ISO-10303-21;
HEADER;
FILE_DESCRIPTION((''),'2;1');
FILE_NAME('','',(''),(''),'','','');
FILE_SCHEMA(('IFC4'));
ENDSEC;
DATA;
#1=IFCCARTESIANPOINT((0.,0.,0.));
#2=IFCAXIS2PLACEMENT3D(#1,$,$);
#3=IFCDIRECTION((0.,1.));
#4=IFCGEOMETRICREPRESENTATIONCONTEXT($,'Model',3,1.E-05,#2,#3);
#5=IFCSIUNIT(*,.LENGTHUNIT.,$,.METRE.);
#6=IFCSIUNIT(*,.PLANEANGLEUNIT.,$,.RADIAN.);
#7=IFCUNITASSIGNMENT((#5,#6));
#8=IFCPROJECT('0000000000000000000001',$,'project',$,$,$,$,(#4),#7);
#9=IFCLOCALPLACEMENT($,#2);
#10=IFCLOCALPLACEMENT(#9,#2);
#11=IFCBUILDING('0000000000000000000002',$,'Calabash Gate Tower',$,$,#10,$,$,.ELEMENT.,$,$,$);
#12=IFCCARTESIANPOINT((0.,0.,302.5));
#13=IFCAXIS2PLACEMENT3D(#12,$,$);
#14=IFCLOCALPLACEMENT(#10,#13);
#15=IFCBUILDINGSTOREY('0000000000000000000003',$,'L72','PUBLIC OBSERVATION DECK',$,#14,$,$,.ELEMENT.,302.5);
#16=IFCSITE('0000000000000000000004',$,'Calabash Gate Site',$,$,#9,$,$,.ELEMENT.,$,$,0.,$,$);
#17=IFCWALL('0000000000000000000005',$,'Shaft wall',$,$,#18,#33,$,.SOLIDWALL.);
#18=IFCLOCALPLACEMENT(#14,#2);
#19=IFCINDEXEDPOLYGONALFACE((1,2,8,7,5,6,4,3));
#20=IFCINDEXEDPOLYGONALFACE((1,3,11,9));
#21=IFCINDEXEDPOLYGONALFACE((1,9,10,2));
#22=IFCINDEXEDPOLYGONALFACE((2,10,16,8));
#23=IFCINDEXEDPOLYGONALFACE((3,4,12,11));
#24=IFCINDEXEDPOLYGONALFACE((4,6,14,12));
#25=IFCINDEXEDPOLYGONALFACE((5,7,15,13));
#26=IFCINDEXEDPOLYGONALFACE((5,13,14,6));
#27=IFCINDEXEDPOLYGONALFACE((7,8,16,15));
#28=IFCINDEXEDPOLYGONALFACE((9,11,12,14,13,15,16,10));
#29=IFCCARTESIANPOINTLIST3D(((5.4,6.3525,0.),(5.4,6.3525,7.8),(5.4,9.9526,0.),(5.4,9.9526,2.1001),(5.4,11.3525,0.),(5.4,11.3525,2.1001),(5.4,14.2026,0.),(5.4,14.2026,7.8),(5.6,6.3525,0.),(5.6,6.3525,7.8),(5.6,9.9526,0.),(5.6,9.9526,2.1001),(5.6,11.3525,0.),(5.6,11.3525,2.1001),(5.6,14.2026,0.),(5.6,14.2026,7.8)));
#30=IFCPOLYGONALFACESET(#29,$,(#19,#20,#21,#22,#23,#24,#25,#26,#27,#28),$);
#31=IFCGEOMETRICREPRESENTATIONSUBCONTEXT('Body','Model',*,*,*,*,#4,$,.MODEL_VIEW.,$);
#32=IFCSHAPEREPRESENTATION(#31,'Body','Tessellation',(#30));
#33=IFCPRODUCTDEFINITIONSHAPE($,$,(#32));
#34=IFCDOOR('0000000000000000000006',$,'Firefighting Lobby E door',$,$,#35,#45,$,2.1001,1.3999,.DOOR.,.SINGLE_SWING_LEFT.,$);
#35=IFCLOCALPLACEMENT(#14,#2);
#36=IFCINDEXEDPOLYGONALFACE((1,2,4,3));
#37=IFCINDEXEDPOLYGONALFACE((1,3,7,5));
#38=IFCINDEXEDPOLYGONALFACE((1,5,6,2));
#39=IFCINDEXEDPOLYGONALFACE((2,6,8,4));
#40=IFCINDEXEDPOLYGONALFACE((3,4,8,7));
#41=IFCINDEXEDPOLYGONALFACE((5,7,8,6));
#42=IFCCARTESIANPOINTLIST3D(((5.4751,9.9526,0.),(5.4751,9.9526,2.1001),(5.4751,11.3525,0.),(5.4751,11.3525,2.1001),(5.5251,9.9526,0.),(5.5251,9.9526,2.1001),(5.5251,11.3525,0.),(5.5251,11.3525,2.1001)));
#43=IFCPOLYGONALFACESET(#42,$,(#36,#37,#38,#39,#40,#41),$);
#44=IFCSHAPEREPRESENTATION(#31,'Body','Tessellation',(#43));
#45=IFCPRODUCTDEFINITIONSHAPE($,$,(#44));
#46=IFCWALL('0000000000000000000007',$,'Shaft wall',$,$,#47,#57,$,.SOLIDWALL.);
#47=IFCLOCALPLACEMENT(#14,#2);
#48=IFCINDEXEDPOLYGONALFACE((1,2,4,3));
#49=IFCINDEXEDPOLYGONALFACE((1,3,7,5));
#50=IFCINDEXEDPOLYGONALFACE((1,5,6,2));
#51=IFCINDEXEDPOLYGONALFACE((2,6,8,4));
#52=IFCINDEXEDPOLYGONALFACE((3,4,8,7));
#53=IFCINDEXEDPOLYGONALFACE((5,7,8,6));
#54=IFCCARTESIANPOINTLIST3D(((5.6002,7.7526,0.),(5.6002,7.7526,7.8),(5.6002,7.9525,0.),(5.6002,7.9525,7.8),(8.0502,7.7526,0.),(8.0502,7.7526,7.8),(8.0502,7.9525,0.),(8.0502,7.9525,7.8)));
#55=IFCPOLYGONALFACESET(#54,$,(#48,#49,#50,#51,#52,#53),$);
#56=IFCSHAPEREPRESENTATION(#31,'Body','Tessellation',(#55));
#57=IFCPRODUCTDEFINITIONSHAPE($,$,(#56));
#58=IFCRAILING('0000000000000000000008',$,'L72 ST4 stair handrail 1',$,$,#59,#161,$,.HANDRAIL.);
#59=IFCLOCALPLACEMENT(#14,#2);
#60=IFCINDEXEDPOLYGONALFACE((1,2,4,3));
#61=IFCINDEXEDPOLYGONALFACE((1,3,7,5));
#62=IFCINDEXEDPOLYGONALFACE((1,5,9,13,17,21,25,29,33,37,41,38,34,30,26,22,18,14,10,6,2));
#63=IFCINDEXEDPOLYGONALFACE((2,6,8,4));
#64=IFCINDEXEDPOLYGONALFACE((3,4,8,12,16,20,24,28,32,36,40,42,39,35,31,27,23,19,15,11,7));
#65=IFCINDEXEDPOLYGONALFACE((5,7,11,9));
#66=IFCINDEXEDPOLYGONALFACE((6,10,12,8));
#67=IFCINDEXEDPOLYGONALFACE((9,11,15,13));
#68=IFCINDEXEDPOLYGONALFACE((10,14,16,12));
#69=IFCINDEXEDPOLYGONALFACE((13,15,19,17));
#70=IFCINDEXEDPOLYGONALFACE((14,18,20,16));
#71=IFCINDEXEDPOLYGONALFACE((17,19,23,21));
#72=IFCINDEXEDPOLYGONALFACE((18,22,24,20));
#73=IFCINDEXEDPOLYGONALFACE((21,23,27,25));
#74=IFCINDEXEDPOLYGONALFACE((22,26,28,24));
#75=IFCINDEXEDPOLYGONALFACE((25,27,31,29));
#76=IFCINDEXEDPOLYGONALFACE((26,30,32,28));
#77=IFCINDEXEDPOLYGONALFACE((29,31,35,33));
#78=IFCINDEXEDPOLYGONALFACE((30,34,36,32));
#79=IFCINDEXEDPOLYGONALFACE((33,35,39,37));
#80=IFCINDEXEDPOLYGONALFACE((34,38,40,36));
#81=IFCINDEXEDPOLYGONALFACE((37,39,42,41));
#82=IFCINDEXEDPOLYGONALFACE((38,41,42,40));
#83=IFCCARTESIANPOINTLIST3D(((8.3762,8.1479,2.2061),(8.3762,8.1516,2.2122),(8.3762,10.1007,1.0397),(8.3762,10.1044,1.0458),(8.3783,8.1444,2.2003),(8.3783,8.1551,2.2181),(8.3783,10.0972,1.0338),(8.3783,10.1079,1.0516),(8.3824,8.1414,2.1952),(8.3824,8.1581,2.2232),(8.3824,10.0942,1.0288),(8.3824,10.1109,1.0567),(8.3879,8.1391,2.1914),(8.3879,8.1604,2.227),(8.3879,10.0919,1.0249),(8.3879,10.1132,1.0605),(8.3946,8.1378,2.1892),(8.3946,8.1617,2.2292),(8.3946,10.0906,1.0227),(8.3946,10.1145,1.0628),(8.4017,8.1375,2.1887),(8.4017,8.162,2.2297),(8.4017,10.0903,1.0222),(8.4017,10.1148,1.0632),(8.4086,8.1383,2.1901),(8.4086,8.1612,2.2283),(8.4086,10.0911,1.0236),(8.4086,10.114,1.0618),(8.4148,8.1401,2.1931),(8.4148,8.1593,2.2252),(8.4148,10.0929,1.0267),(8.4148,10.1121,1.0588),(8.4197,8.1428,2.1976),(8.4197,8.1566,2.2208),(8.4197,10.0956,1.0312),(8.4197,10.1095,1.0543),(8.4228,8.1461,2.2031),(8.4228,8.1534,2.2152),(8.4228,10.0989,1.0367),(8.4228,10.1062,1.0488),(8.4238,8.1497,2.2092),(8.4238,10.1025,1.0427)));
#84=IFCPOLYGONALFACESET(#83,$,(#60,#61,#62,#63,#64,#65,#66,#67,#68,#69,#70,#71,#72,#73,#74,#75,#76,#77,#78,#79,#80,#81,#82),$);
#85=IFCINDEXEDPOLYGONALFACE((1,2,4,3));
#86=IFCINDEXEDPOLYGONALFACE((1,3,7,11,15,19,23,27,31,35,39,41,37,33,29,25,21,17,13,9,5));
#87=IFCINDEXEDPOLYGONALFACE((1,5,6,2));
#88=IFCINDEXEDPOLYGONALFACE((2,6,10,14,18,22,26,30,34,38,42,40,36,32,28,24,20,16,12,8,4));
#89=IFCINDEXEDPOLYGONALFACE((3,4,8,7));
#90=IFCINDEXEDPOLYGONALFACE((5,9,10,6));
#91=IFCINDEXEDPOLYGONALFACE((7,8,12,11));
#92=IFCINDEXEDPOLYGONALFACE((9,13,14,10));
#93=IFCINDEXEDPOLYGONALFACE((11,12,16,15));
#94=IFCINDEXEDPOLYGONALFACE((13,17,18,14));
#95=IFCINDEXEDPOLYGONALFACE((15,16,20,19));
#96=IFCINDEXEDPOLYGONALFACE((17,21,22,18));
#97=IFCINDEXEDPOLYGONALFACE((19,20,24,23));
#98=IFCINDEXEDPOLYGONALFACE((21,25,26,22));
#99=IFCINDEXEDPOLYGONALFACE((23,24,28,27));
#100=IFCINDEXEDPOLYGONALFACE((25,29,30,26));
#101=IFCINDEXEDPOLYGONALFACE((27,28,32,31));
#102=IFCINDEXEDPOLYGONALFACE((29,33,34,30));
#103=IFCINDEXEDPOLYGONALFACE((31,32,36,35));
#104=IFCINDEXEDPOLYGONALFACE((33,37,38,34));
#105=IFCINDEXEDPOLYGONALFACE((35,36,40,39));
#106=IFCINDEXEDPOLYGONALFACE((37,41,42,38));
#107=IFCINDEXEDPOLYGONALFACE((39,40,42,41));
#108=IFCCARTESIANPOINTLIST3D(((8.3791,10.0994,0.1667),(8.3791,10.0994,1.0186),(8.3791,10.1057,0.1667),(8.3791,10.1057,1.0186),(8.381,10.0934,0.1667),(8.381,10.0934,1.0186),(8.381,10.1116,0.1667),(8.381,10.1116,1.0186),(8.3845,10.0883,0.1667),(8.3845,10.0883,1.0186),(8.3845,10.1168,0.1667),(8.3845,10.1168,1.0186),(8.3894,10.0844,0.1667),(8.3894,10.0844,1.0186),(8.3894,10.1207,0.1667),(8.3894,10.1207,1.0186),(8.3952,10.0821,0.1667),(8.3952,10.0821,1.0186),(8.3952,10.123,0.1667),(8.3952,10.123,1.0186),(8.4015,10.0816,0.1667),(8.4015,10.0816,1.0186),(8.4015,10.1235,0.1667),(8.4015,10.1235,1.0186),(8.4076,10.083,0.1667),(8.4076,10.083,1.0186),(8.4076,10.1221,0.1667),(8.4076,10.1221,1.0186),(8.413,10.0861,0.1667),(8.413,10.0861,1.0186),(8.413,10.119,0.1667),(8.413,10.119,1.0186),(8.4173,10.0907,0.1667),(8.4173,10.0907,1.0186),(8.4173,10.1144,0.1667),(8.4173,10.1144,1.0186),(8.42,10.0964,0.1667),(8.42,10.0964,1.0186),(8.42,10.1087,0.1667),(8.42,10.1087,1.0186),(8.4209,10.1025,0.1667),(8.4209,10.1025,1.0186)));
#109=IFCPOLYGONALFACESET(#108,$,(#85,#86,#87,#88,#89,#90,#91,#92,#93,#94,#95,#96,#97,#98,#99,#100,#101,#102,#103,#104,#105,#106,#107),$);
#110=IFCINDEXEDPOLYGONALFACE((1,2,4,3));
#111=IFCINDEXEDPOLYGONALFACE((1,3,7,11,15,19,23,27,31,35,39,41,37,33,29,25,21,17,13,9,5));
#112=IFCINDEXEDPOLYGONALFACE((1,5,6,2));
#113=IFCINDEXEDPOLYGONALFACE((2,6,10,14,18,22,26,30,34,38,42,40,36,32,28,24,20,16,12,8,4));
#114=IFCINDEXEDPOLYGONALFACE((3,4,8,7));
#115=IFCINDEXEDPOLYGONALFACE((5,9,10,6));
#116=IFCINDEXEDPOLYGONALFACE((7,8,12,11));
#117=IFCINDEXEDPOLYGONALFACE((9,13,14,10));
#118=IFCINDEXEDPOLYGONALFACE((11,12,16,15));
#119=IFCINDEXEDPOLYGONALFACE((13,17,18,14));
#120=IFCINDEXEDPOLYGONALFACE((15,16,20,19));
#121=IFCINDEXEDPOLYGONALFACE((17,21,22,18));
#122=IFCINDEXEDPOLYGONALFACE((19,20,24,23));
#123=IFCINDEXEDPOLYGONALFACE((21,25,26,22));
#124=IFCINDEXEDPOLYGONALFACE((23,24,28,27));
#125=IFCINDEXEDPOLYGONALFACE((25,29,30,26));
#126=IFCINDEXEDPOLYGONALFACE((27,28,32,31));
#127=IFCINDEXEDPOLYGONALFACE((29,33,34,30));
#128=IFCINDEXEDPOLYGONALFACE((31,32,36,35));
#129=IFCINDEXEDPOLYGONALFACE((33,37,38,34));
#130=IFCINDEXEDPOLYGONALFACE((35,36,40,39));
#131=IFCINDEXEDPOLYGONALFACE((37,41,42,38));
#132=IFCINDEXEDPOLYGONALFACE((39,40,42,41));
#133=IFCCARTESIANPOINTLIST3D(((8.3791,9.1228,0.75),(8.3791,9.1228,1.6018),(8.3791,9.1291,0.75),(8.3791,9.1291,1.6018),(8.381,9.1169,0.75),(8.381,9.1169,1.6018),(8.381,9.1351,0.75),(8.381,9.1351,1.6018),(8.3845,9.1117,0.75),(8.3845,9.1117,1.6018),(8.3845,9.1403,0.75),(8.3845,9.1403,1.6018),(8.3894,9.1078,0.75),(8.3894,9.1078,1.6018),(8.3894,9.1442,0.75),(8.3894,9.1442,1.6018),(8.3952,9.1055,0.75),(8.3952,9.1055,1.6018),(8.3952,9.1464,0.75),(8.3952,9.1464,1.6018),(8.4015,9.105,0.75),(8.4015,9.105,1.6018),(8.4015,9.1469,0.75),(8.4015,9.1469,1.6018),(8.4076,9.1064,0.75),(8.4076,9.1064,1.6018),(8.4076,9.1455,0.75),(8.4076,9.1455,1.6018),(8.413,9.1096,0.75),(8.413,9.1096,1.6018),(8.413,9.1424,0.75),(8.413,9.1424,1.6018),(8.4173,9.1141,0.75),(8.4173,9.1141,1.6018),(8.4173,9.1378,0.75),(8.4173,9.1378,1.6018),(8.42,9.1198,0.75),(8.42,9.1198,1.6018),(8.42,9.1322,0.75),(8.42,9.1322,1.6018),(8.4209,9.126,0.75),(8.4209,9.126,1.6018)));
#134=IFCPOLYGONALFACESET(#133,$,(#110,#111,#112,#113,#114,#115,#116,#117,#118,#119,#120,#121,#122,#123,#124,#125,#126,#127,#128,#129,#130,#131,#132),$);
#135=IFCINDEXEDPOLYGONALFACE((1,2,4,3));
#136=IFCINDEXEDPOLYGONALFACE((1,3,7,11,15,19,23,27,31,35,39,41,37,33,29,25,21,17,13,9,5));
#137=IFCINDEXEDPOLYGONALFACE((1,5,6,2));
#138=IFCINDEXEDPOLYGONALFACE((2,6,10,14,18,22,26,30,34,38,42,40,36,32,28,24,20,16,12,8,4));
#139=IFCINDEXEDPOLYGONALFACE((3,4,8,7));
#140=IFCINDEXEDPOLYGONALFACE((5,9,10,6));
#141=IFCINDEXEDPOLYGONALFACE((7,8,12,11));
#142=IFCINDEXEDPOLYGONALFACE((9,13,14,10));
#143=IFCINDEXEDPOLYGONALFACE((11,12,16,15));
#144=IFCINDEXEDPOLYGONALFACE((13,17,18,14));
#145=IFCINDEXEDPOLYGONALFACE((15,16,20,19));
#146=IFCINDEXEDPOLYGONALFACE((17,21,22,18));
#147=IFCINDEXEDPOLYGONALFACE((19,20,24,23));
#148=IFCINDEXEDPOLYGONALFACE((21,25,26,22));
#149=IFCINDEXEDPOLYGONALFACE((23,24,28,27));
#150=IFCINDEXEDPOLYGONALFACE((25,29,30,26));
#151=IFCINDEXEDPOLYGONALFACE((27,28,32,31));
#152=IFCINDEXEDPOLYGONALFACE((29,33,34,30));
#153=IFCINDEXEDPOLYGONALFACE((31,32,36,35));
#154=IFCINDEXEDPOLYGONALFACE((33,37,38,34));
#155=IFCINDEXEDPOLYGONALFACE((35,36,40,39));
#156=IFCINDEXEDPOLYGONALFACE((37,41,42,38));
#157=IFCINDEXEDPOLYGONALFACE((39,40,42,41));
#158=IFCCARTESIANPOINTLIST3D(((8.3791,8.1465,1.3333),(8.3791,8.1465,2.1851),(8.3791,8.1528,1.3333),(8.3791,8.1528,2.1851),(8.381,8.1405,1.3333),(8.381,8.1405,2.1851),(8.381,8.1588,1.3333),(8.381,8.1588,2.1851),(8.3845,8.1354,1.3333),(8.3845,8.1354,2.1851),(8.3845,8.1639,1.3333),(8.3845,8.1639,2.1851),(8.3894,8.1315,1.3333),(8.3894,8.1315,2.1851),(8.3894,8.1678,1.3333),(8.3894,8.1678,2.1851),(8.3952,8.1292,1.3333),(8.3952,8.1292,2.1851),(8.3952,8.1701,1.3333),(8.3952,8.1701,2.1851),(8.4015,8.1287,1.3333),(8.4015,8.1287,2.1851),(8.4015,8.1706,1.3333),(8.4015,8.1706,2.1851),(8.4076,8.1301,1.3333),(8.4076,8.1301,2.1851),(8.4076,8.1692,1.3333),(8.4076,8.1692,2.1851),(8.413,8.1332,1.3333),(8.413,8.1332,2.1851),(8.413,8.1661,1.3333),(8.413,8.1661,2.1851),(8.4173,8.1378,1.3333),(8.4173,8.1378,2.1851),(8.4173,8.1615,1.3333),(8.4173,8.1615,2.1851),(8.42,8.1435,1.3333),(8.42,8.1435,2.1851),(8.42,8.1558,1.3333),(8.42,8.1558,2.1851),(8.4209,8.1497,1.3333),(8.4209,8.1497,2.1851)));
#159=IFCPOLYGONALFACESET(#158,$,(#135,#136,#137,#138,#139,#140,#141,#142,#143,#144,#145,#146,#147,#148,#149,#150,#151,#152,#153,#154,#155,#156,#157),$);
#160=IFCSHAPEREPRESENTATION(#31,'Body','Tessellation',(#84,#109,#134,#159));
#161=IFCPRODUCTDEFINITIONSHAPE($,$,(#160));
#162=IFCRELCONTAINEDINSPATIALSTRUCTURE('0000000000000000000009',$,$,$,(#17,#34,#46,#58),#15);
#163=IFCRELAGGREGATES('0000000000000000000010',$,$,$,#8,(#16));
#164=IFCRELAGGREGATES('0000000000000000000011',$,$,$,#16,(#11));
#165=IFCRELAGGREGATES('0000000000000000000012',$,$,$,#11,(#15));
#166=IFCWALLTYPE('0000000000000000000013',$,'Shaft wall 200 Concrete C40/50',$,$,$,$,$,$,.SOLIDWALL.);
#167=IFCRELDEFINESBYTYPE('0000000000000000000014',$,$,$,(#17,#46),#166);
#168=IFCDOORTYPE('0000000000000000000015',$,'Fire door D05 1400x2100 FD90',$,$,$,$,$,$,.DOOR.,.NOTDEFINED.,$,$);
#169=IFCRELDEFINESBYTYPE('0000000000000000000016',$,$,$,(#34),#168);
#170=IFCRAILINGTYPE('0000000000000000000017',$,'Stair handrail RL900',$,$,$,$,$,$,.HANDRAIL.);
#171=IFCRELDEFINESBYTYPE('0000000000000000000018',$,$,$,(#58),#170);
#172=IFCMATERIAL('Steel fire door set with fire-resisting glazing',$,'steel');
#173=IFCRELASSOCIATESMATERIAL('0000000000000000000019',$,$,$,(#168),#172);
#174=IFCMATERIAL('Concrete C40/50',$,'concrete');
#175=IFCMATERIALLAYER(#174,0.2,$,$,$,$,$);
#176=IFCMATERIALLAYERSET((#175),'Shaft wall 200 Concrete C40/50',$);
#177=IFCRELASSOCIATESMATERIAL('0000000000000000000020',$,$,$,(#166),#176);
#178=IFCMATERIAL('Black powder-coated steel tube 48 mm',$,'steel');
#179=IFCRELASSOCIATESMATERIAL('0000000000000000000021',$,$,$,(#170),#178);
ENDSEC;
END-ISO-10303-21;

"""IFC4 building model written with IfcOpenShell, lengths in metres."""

from ifc_helpers import new_model, si_unit, direction, frame, frame_2d, origin, origin_2d, place, context, subcontext, project, spatial, rectangle, circle, extrude, material, layer, layer_set, type_object, element, fill, save


model = new_model("IFC4")

# Units and contexts
model_context = context("Model", 3, precision=1e-05, world=origin(), true_north=direction((0.0, 1.0)))
body_context = subcontext(model_context, "Body", "Model", "MODEL_VIEW")
ifc_project = project(units=[si_unit("LENGTHUNIT", "METRE"), si_unit("PLANEANGLEUNIT", "RADIAN")], contexts=[model_context])

# Site, building, storey
site_placement = place(None, origin())
site = spatial("IfcSite", under=ifc_project, at=site_placement, Name="Calabash Gate Site", CompositionType="ELEMENT", RefElevation=0.0)
building_placement = place(site_placement, origin())
building = spatial("IfcBuilding", under=site, at=building_placement, Name="Calabash Gate Tower", CompositionType="ELEMENT")
storey_placement = place(building_placement, frame((0.0, 0.0, 302.5)))
storey = spatial("IfcBuildingStorey", under=building, at=storey_placement, Name="L72", Description="PUBLIC OBSERVATION DECK", CompositionType="ELEMENT", Elevation=302.5)

# Shared definitions
ifc_material_1 = material(Name="Steel fire door set with fire-resisting glazing", Category="steel")
door_type = type_object("IfcDoorType", Name="Fire door D05 1400x2100 FD90", OperationType="NOTDEFINED", PredefinedType="DOOR", material=ifc_material_1)

# Wall, opening, door
ifc_material_2 = material(Name="Concrete C40/50", Category="concrete")
ifc_layer_1 = layer(ifc_material_2, 0.2)
ifc_layer_set_1 = layer_set([ifc_layer_1], Name="Shaft wall 200 Concrete C40/50")
wall_type_1 = type_object("IfcWallType", Name="Shaft wall 200 Concrete C40/50", PredefinedType="SOLIDWALL", material=ifc_layer_set_1)
wall_1_placement = place(storey_placement, frame((5.5, 6.3525, 0.0), z_axis=(0.0, 0.0, 1.0), x_axis=(0.0, 1.0, 0.0)))
wall_1 = element("IfcWall", 1, at=wall_1_placement, inside=storey, type_object=wall_type_1, Name="Shaft wall", PredefinedType="SOLIDWALL", context=body_context, shape_type="SweptSolid", body=[
    extrude(rectangle(XDim=7.8501, YDim=0.2, at=frame_2d((3.925, 0.0))), origin(), (0.0, 0.0, 1.0), 7.8),
])
opening_1_placement = place(wall_1_placement, frame((3.6001, 0.0, 0.0)))
opening_1 = element("IfcOpeningElement", 2, at=opening_1_placement, cuts=wall_1, PredefinedType="OPENING", context=body_context, shape_type="SweptSolid", body=[
    extrude(rectangle(XDim=1.3999, YDim=2.1001, at=frame_2d((0.7, 1.05))), frame((0.0, 0.1099, 0.0), z_axis=(0.0, -1.0, 0.0), x_axis=(1.0, 0.0, 0.0)), (0.0, 0.0, 1.0), 0.22),
])
door_1_placement = place(opening_1_placement, origin())
door_1 = element("IfcDoor", 3, at=door_1_placement, inside=storey, type_object=door_type, Name="Firefighting Lobby E door", OperationType="SINGLE_SWING_LEFT", OverallHeight=2.1001, OverallWidth=1.3999, PredefinedType="DOOR", context=body_context, shape_type="SweptSolid", body=[
    extrude(rectangle(XDim=1.3999, YDim=2.1001, at=frame_2d((0.7, 1.05))), frame((0.0, 0.0249, 0.0), z_axis=(0.0, -1.0, 0.0), x_axis=(1.0, 0.0, 0.0)), (0.0, 0.0, 1.0), 0.05),
])
fill(opening_1, door_1)

# Wall
wall_2_placement = place(storey_placement, frame((5.6001, 7.8525, 0.0), z_axis=(0.0, 0.0, 1.0), x_axis=(1.0, 0.0, 0.0)))
element("IfcWall", 4, at=wall_2_placement, inside=storey, type_object=wall_type_1, Name="Shaft wall", PredefinedType="SOLIDWALL", context=body_context, shape_type="SweptSolid", body=[
    extrude(rectangle(XDim=2.45, YDim=0.2, at=frame_2d((1.2251, 0.0))), origin(), (0.0, 0.0, 1.0), 7.8),
])

# Railing
ifc_material_3 = material(Name="Black powder-coated steel tube 48 mm", Category="steel")
railing_type_1 = type_object("IfcRailingType", Name="Stair handrail RL900", PredefinedType="HANDRAIL", material=ifc_material_3)
railing_1_placement = place(storey_placement, frame((8.3999, 10.1025, 0.1667)))
element("IfcRailing", 5, at=railing_1_placement, inside=storey, type_object=railing_type_1, Name="L72 ST4 stair handrail 1", PredefinedType="HANDRAIL", context=body_context, shape_type="SweptSolid", body=[
    extrude(circle(Radius=0.0239, at=origin_2d()), frame((0.0, 0.0, 0.876), z_axis=(0.0, -0.858505, 0.512806), x_axis=(1.0, 0.0, 0.0)), (0.0, 0.0, 1.0), 2.2747),
    extrude(circle(Radius=0.021, at=origin_2d()), origin(), (0.0, 0.0, 1.0), 0.8518),
    extrude(circle(Radius=0.021, at=origin_2d()), frame((0.0, -0.9766, 0.5833)), (0.0, 0.0, 1.0), 0.8518),
    extrude(circle(Radius=0.021, at=origin_2d()), frame((0.0, -1.9529, 1.1665)), (0.0, 0.0, 1.0), 0.8518),
])

save(model, "model.ifc")
